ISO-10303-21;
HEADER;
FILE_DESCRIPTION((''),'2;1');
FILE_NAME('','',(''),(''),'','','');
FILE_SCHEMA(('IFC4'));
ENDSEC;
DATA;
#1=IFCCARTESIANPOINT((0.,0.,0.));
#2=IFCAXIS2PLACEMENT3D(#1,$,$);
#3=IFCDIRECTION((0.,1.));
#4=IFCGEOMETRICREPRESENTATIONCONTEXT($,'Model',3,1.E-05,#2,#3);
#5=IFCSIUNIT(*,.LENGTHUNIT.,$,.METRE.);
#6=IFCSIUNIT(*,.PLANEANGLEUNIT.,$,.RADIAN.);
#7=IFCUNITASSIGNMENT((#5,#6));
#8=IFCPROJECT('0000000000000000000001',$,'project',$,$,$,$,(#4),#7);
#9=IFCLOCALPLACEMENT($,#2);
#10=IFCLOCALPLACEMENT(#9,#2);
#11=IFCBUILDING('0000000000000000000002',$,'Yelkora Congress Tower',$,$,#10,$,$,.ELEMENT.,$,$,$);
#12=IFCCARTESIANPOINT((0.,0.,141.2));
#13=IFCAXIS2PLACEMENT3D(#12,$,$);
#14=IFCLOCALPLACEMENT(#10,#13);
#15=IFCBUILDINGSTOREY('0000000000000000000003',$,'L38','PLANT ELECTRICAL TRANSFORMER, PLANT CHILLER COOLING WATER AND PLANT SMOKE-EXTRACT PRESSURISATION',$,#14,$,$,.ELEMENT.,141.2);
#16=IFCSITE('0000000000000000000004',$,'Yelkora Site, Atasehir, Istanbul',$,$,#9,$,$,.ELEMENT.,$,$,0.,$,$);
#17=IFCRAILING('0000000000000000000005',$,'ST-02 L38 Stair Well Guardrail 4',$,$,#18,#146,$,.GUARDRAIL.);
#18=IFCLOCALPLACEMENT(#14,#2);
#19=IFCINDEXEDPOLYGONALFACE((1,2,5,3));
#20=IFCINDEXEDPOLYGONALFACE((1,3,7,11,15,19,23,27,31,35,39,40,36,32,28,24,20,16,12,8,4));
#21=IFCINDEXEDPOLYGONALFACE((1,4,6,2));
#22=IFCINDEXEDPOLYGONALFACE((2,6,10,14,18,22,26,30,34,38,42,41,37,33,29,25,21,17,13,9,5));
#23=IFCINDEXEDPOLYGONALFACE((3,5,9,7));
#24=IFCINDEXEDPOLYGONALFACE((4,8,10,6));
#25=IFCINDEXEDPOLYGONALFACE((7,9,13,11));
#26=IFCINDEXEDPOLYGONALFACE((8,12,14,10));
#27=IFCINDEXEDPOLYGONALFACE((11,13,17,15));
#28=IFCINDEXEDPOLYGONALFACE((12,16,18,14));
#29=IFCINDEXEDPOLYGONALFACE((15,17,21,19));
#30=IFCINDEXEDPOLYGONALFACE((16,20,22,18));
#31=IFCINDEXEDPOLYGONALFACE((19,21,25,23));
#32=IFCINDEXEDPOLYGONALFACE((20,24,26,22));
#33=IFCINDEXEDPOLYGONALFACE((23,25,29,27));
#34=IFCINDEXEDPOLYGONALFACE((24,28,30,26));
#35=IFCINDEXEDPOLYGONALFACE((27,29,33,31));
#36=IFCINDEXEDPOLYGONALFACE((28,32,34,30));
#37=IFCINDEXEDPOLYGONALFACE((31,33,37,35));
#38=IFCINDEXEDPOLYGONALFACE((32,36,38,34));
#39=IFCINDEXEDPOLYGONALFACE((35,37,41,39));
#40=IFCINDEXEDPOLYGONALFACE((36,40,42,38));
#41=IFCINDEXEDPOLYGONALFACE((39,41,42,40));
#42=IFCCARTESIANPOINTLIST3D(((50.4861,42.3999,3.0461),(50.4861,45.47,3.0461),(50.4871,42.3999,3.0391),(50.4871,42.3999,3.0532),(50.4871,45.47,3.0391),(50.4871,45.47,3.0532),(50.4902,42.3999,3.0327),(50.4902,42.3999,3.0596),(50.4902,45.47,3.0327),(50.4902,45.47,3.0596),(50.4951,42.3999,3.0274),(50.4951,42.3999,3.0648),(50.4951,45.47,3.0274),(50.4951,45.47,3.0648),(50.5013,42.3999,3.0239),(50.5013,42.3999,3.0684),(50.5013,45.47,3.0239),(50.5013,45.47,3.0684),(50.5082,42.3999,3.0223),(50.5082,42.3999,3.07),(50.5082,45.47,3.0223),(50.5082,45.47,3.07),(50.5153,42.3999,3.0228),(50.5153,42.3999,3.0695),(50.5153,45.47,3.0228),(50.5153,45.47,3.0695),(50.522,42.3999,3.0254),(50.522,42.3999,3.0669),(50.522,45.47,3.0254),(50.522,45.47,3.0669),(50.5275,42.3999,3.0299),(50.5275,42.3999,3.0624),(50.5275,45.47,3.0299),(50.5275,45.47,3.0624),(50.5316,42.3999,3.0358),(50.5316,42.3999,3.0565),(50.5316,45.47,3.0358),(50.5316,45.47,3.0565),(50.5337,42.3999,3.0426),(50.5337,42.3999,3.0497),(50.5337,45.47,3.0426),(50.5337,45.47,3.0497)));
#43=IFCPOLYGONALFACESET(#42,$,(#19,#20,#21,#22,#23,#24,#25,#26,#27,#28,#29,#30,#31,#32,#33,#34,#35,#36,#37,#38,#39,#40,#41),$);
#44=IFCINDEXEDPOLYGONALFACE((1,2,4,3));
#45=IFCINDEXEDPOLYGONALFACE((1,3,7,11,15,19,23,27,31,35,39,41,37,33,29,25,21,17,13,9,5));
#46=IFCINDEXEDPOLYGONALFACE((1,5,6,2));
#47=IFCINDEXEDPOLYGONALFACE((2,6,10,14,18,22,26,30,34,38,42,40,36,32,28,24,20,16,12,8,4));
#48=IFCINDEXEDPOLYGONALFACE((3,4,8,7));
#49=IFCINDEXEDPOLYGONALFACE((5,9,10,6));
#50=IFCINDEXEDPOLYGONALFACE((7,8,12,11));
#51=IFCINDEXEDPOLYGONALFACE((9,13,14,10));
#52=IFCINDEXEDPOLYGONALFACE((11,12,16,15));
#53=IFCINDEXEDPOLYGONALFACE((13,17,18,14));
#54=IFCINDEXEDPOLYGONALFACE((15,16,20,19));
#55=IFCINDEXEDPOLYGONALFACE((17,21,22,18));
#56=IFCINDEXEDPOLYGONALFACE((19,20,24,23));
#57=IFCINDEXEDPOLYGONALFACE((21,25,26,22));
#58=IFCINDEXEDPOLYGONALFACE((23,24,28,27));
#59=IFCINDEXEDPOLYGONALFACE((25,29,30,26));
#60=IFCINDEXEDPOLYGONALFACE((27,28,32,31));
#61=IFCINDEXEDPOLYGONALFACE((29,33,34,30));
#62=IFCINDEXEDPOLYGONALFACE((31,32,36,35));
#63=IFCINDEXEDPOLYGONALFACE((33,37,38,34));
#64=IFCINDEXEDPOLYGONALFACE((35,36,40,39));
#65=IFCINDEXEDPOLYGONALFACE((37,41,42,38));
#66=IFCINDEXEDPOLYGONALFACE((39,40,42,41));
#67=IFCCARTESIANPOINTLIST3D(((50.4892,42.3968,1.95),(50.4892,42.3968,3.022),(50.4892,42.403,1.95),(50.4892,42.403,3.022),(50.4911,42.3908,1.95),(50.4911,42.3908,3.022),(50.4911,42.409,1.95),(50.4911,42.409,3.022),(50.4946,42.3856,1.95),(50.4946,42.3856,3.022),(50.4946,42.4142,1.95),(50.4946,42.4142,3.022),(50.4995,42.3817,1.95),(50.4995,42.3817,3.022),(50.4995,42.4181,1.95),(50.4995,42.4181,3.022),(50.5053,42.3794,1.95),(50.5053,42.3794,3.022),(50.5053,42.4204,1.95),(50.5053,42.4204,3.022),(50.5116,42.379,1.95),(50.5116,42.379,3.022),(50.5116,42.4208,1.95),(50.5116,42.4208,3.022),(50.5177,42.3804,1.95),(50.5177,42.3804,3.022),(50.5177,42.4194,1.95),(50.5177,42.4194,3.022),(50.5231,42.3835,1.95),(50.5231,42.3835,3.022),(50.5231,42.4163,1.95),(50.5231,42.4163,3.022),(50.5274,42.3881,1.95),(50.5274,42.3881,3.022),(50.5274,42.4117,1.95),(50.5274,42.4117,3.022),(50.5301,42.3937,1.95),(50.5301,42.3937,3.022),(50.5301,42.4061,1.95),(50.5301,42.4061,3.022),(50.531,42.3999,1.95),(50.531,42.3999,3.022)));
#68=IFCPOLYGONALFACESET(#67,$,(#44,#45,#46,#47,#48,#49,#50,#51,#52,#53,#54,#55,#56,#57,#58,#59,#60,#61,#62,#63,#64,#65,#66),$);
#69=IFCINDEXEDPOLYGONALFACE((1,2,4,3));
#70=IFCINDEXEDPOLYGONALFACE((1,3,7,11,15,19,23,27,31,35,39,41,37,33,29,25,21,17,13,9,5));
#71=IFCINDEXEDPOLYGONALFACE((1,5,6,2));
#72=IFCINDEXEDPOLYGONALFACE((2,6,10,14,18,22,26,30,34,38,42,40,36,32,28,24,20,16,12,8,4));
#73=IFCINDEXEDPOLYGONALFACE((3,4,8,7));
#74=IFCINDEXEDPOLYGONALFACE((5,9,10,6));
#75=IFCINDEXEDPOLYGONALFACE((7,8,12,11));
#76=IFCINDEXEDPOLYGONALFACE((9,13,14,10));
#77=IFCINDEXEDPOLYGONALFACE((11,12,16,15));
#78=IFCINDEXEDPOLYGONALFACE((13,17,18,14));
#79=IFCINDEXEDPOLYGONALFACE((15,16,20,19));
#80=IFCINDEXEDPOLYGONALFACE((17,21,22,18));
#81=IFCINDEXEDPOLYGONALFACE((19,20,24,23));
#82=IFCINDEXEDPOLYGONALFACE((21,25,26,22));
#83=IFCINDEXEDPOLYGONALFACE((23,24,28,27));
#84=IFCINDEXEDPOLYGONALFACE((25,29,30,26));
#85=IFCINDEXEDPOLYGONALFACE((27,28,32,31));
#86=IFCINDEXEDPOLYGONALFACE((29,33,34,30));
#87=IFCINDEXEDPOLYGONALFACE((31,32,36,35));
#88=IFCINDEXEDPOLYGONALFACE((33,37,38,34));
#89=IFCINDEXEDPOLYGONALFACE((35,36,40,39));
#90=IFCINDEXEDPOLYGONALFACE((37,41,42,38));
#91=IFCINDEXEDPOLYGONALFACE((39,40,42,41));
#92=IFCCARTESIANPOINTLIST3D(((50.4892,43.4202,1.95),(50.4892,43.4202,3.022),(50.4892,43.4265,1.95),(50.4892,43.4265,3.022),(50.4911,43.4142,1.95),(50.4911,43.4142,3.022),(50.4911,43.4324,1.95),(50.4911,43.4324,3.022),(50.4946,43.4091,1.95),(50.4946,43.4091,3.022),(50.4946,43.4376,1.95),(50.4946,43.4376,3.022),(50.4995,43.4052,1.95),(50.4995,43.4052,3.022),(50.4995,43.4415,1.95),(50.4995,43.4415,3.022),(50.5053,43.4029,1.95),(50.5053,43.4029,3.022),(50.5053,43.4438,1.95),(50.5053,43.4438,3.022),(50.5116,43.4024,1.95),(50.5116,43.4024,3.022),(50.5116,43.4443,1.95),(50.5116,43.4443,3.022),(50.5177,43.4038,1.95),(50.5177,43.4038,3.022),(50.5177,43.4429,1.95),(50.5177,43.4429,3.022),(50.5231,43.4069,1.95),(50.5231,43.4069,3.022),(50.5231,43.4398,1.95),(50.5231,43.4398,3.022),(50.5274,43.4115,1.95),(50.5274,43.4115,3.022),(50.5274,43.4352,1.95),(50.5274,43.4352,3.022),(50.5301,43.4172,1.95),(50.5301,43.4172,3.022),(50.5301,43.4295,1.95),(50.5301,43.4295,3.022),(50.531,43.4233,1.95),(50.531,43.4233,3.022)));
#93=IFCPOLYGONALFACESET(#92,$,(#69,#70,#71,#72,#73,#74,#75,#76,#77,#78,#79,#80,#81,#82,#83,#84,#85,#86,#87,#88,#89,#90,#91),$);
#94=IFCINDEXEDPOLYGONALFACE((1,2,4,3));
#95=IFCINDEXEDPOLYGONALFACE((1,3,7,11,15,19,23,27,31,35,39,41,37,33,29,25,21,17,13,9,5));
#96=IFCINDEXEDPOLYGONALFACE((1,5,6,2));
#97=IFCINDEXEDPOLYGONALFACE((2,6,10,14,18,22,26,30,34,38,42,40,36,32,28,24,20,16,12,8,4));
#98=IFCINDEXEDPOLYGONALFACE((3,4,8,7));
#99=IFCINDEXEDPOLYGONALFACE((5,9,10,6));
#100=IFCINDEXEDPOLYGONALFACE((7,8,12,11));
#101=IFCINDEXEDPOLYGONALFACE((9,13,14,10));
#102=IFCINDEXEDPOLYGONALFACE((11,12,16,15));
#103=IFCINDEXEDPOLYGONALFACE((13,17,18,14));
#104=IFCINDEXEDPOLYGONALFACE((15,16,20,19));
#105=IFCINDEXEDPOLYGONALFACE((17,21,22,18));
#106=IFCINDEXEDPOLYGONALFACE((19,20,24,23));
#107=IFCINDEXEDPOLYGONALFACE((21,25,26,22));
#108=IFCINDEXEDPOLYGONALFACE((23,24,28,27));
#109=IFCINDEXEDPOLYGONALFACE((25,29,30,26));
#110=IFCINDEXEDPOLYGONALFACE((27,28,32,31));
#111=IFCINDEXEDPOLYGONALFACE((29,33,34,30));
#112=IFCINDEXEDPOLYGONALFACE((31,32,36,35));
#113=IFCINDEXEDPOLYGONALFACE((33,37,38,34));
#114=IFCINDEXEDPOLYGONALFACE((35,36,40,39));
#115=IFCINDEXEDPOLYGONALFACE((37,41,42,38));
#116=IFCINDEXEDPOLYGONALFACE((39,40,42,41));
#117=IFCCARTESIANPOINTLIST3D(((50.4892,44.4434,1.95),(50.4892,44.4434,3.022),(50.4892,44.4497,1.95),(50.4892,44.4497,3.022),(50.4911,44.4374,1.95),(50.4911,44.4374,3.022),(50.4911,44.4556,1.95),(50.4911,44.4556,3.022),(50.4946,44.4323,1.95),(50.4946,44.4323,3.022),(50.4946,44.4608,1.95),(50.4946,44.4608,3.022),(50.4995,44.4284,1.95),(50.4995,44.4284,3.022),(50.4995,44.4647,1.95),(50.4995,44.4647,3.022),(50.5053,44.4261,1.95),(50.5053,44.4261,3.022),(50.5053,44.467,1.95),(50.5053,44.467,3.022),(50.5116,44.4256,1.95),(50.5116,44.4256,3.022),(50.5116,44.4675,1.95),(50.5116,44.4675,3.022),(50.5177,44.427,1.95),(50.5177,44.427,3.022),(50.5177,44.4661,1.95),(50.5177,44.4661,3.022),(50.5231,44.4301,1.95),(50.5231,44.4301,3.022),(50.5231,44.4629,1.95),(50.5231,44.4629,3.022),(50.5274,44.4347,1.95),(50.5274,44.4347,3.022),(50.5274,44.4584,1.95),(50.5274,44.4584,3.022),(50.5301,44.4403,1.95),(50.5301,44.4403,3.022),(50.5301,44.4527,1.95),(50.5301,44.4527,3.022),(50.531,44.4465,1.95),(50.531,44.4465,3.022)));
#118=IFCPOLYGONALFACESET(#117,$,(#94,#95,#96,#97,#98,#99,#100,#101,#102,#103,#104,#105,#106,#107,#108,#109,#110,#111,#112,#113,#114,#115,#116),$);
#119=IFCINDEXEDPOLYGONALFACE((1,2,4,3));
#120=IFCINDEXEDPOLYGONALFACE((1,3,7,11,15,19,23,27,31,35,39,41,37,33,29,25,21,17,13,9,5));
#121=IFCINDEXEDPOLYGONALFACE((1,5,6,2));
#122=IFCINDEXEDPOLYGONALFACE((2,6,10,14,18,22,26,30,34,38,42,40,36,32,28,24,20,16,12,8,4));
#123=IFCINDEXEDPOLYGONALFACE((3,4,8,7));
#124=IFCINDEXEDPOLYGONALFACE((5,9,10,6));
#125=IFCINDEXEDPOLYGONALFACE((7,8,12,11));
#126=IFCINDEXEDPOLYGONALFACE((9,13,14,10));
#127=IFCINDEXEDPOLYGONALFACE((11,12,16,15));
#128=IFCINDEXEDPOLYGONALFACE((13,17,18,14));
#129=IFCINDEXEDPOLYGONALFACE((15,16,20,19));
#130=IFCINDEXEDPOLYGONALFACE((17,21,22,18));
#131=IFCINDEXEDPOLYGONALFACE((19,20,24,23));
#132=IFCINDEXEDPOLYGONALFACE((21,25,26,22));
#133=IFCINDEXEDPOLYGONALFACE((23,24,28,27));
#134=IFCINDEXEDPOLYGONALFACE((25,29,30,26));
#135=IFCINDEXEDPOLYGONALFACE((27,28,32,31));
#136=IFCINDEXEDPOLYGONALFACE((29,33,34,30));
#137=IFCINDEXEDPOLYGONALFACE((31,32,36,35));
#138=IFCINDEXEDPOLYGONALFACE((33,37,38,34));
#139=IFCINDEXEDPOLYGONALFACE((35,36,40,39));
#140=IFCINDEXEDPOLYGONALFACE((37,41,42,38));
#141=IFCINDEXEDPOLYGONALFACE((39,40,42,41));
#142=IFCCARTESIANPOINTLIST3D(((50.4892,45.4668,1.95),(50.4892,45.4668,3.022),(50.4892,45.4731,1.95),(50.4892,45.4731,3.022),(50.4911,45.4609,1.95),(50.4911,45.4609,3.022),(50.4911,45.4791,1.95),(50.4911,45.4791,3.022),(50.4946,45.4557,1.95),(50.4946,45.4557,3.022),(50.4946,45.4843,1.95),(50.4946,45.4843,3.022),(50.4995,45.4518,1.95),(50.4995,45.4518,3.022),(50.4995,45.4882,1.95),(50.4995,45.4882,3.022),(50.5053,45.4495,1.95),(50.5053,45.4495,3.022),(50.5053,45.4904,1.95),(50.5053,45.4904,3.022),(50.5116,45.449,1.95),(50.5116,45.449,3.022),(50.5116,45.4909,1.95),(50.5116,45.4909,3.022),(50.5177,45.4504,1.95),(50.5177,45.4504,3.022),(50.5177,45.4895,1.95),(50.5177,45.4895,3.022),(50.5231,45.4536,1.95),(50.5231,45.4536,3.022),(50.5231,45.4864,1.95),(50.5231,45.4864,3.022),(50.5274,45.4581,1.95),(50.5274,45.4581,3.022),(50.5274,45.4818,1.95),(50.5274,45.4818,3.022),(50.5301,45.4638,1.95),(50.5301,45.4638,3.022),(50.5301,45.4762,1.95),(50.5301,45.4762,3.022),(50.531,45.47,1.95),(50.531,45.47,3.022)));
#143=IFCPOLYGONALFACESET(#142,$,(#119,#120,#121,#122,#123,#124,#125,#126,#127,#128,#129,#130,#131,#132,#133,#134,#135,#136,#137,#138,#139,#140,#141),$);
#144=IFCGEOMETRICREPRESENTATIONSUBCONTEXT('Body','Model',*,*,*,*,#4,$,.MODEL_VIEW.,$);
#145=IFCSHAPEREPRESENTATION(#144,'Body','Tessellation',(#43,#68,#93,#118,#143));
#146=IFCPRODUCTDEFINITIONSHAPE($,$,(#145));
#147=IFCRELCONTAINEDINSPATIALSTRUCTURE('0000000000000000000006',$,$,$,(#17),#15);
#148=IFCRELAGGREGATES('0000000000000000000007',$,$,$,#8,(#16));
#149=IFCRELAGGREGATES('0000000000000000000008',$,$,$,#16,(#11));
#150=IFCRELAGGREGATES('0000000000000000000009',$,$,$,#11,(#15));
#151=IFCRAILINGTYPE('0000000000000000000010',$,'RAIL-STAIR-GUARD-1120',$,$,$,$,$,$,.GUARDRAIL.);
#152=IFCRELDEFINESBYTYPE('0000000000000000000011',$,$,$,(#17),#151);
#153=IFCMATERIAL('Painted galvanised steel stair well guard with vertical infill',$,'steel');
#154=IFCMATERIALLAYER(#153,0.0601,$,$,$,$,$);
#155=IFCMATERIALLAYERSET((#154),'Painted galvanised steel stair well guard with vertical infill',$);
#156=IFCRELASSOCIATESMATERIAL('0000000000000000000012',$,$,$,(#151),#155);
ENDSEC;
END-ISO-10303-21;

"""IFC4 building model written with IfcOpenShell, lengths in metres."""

from ifc_helpers import new_model, si_unit, direction, frame, origin, origin_2d, place, context, subcontext, project, spatial, circle, extrude, material, layer, layer_set, type_object, element, save


model = new_model("IFC4")

# Units and contexts
model_context = context("Model", 3, precision=1e-05, world=origin(), true_north=direction((0.0, 1.0)))
body_context = subcontext(model_context, "Body", "Model", "MODEL_VIEW")
ifc_project = project(units=[si_unit("LENGTHUNIT", "METRE"), si_unit("PLANEANGLEUNIT", "RADIAN")], contexts=[model_context])

# Site, building, storey
site_placement = place(None, origin())
site = spatial("IfcSite", under=ifc_project, at=site_placement, Name="Yelkora Site, Atasehir, Istanbul", CompositionType="ELEMENT", RefElevation=0.0)
building_placement = place(site_placement, origin())
building = spatial("IfcBuilding", under=site, at=building_placement, Name="Yelkora Congress Tower", CompositionType="ELEMENT")
storey_placement = place(building_placement, frame((0.0, 0.0, 141.2)))
storey = spatial("IfcBuildingStorey", under=building, at=storey_placement, Name="L38", Description="PLANT ELECTRICAL TRANSFORMER, PLANT CHILLER COOLING WATER AND PLANT SMOKE-EXTRACT PRESSURISATION", CompositionType="ELEMENT", Elevation=141.2)

# Railing
ifc_material_1 = material(Name="Painted galvanised steel stair well guard with vertical infill", Category="steel")
ifc_layer_1 = layer(ifc_material_1, 0.0601)
ifc_layer_set_1 = layer_set([ifc_layer_1], Name="Painted galvanised steel stair well guard with vertical infill")
railing_type_1 = type_object("IfcRailingType", Name="RAIL-STAIR-GUARD-1120", PredefinedType="GUARDRAIL", material=ifc_layer_set_1)
for number, where, name in (
    (1, (50.51, 42.3999, 1.95), "ST-02 L38 Stair Well Guardrail 4"),
):
    element("IfcRailing", number, at=place(storey_placement, frame(where)), inside=storey, type_object=railing_type_1, Name=name, PredefinedType="GUARDRAIL", context=body_context, shape_type="SweptSolid", body=[
        extrude(circle(Radius=0.0239, at=origin_2d()), frame((0.0, 0.0, 1.0962), z_axis=(0.0, 1.0, 0.0), x_axis=(-1.0, 0.0, 0.0)), (0.0, 0.0, 1.0), 3.0701),
        extrude(circle(Radius=0.021, at=origin_2d()), origin(), (0.0, 0.0, 1.0), 1.072),
        extrude(circle(Radius=0.021, at=origin_2d()), frame((0.0, 1.0234, 0.0)), (0.0, 0.0, 1.0), 1.072),
        extrude(circle(Radius=0.021, at=origin_2d()), frame((0.0, 2.0466, 0.0)), (0.0, 0.0, 1.0), 1.072),
        extrude(circle(Radius=0.021, at=origin_2d()), frame((0.0, 3.0701, 0.0)), (0.0, 0.0, 1.0), 1.072),
    ])

save(model, "model.ifc")
